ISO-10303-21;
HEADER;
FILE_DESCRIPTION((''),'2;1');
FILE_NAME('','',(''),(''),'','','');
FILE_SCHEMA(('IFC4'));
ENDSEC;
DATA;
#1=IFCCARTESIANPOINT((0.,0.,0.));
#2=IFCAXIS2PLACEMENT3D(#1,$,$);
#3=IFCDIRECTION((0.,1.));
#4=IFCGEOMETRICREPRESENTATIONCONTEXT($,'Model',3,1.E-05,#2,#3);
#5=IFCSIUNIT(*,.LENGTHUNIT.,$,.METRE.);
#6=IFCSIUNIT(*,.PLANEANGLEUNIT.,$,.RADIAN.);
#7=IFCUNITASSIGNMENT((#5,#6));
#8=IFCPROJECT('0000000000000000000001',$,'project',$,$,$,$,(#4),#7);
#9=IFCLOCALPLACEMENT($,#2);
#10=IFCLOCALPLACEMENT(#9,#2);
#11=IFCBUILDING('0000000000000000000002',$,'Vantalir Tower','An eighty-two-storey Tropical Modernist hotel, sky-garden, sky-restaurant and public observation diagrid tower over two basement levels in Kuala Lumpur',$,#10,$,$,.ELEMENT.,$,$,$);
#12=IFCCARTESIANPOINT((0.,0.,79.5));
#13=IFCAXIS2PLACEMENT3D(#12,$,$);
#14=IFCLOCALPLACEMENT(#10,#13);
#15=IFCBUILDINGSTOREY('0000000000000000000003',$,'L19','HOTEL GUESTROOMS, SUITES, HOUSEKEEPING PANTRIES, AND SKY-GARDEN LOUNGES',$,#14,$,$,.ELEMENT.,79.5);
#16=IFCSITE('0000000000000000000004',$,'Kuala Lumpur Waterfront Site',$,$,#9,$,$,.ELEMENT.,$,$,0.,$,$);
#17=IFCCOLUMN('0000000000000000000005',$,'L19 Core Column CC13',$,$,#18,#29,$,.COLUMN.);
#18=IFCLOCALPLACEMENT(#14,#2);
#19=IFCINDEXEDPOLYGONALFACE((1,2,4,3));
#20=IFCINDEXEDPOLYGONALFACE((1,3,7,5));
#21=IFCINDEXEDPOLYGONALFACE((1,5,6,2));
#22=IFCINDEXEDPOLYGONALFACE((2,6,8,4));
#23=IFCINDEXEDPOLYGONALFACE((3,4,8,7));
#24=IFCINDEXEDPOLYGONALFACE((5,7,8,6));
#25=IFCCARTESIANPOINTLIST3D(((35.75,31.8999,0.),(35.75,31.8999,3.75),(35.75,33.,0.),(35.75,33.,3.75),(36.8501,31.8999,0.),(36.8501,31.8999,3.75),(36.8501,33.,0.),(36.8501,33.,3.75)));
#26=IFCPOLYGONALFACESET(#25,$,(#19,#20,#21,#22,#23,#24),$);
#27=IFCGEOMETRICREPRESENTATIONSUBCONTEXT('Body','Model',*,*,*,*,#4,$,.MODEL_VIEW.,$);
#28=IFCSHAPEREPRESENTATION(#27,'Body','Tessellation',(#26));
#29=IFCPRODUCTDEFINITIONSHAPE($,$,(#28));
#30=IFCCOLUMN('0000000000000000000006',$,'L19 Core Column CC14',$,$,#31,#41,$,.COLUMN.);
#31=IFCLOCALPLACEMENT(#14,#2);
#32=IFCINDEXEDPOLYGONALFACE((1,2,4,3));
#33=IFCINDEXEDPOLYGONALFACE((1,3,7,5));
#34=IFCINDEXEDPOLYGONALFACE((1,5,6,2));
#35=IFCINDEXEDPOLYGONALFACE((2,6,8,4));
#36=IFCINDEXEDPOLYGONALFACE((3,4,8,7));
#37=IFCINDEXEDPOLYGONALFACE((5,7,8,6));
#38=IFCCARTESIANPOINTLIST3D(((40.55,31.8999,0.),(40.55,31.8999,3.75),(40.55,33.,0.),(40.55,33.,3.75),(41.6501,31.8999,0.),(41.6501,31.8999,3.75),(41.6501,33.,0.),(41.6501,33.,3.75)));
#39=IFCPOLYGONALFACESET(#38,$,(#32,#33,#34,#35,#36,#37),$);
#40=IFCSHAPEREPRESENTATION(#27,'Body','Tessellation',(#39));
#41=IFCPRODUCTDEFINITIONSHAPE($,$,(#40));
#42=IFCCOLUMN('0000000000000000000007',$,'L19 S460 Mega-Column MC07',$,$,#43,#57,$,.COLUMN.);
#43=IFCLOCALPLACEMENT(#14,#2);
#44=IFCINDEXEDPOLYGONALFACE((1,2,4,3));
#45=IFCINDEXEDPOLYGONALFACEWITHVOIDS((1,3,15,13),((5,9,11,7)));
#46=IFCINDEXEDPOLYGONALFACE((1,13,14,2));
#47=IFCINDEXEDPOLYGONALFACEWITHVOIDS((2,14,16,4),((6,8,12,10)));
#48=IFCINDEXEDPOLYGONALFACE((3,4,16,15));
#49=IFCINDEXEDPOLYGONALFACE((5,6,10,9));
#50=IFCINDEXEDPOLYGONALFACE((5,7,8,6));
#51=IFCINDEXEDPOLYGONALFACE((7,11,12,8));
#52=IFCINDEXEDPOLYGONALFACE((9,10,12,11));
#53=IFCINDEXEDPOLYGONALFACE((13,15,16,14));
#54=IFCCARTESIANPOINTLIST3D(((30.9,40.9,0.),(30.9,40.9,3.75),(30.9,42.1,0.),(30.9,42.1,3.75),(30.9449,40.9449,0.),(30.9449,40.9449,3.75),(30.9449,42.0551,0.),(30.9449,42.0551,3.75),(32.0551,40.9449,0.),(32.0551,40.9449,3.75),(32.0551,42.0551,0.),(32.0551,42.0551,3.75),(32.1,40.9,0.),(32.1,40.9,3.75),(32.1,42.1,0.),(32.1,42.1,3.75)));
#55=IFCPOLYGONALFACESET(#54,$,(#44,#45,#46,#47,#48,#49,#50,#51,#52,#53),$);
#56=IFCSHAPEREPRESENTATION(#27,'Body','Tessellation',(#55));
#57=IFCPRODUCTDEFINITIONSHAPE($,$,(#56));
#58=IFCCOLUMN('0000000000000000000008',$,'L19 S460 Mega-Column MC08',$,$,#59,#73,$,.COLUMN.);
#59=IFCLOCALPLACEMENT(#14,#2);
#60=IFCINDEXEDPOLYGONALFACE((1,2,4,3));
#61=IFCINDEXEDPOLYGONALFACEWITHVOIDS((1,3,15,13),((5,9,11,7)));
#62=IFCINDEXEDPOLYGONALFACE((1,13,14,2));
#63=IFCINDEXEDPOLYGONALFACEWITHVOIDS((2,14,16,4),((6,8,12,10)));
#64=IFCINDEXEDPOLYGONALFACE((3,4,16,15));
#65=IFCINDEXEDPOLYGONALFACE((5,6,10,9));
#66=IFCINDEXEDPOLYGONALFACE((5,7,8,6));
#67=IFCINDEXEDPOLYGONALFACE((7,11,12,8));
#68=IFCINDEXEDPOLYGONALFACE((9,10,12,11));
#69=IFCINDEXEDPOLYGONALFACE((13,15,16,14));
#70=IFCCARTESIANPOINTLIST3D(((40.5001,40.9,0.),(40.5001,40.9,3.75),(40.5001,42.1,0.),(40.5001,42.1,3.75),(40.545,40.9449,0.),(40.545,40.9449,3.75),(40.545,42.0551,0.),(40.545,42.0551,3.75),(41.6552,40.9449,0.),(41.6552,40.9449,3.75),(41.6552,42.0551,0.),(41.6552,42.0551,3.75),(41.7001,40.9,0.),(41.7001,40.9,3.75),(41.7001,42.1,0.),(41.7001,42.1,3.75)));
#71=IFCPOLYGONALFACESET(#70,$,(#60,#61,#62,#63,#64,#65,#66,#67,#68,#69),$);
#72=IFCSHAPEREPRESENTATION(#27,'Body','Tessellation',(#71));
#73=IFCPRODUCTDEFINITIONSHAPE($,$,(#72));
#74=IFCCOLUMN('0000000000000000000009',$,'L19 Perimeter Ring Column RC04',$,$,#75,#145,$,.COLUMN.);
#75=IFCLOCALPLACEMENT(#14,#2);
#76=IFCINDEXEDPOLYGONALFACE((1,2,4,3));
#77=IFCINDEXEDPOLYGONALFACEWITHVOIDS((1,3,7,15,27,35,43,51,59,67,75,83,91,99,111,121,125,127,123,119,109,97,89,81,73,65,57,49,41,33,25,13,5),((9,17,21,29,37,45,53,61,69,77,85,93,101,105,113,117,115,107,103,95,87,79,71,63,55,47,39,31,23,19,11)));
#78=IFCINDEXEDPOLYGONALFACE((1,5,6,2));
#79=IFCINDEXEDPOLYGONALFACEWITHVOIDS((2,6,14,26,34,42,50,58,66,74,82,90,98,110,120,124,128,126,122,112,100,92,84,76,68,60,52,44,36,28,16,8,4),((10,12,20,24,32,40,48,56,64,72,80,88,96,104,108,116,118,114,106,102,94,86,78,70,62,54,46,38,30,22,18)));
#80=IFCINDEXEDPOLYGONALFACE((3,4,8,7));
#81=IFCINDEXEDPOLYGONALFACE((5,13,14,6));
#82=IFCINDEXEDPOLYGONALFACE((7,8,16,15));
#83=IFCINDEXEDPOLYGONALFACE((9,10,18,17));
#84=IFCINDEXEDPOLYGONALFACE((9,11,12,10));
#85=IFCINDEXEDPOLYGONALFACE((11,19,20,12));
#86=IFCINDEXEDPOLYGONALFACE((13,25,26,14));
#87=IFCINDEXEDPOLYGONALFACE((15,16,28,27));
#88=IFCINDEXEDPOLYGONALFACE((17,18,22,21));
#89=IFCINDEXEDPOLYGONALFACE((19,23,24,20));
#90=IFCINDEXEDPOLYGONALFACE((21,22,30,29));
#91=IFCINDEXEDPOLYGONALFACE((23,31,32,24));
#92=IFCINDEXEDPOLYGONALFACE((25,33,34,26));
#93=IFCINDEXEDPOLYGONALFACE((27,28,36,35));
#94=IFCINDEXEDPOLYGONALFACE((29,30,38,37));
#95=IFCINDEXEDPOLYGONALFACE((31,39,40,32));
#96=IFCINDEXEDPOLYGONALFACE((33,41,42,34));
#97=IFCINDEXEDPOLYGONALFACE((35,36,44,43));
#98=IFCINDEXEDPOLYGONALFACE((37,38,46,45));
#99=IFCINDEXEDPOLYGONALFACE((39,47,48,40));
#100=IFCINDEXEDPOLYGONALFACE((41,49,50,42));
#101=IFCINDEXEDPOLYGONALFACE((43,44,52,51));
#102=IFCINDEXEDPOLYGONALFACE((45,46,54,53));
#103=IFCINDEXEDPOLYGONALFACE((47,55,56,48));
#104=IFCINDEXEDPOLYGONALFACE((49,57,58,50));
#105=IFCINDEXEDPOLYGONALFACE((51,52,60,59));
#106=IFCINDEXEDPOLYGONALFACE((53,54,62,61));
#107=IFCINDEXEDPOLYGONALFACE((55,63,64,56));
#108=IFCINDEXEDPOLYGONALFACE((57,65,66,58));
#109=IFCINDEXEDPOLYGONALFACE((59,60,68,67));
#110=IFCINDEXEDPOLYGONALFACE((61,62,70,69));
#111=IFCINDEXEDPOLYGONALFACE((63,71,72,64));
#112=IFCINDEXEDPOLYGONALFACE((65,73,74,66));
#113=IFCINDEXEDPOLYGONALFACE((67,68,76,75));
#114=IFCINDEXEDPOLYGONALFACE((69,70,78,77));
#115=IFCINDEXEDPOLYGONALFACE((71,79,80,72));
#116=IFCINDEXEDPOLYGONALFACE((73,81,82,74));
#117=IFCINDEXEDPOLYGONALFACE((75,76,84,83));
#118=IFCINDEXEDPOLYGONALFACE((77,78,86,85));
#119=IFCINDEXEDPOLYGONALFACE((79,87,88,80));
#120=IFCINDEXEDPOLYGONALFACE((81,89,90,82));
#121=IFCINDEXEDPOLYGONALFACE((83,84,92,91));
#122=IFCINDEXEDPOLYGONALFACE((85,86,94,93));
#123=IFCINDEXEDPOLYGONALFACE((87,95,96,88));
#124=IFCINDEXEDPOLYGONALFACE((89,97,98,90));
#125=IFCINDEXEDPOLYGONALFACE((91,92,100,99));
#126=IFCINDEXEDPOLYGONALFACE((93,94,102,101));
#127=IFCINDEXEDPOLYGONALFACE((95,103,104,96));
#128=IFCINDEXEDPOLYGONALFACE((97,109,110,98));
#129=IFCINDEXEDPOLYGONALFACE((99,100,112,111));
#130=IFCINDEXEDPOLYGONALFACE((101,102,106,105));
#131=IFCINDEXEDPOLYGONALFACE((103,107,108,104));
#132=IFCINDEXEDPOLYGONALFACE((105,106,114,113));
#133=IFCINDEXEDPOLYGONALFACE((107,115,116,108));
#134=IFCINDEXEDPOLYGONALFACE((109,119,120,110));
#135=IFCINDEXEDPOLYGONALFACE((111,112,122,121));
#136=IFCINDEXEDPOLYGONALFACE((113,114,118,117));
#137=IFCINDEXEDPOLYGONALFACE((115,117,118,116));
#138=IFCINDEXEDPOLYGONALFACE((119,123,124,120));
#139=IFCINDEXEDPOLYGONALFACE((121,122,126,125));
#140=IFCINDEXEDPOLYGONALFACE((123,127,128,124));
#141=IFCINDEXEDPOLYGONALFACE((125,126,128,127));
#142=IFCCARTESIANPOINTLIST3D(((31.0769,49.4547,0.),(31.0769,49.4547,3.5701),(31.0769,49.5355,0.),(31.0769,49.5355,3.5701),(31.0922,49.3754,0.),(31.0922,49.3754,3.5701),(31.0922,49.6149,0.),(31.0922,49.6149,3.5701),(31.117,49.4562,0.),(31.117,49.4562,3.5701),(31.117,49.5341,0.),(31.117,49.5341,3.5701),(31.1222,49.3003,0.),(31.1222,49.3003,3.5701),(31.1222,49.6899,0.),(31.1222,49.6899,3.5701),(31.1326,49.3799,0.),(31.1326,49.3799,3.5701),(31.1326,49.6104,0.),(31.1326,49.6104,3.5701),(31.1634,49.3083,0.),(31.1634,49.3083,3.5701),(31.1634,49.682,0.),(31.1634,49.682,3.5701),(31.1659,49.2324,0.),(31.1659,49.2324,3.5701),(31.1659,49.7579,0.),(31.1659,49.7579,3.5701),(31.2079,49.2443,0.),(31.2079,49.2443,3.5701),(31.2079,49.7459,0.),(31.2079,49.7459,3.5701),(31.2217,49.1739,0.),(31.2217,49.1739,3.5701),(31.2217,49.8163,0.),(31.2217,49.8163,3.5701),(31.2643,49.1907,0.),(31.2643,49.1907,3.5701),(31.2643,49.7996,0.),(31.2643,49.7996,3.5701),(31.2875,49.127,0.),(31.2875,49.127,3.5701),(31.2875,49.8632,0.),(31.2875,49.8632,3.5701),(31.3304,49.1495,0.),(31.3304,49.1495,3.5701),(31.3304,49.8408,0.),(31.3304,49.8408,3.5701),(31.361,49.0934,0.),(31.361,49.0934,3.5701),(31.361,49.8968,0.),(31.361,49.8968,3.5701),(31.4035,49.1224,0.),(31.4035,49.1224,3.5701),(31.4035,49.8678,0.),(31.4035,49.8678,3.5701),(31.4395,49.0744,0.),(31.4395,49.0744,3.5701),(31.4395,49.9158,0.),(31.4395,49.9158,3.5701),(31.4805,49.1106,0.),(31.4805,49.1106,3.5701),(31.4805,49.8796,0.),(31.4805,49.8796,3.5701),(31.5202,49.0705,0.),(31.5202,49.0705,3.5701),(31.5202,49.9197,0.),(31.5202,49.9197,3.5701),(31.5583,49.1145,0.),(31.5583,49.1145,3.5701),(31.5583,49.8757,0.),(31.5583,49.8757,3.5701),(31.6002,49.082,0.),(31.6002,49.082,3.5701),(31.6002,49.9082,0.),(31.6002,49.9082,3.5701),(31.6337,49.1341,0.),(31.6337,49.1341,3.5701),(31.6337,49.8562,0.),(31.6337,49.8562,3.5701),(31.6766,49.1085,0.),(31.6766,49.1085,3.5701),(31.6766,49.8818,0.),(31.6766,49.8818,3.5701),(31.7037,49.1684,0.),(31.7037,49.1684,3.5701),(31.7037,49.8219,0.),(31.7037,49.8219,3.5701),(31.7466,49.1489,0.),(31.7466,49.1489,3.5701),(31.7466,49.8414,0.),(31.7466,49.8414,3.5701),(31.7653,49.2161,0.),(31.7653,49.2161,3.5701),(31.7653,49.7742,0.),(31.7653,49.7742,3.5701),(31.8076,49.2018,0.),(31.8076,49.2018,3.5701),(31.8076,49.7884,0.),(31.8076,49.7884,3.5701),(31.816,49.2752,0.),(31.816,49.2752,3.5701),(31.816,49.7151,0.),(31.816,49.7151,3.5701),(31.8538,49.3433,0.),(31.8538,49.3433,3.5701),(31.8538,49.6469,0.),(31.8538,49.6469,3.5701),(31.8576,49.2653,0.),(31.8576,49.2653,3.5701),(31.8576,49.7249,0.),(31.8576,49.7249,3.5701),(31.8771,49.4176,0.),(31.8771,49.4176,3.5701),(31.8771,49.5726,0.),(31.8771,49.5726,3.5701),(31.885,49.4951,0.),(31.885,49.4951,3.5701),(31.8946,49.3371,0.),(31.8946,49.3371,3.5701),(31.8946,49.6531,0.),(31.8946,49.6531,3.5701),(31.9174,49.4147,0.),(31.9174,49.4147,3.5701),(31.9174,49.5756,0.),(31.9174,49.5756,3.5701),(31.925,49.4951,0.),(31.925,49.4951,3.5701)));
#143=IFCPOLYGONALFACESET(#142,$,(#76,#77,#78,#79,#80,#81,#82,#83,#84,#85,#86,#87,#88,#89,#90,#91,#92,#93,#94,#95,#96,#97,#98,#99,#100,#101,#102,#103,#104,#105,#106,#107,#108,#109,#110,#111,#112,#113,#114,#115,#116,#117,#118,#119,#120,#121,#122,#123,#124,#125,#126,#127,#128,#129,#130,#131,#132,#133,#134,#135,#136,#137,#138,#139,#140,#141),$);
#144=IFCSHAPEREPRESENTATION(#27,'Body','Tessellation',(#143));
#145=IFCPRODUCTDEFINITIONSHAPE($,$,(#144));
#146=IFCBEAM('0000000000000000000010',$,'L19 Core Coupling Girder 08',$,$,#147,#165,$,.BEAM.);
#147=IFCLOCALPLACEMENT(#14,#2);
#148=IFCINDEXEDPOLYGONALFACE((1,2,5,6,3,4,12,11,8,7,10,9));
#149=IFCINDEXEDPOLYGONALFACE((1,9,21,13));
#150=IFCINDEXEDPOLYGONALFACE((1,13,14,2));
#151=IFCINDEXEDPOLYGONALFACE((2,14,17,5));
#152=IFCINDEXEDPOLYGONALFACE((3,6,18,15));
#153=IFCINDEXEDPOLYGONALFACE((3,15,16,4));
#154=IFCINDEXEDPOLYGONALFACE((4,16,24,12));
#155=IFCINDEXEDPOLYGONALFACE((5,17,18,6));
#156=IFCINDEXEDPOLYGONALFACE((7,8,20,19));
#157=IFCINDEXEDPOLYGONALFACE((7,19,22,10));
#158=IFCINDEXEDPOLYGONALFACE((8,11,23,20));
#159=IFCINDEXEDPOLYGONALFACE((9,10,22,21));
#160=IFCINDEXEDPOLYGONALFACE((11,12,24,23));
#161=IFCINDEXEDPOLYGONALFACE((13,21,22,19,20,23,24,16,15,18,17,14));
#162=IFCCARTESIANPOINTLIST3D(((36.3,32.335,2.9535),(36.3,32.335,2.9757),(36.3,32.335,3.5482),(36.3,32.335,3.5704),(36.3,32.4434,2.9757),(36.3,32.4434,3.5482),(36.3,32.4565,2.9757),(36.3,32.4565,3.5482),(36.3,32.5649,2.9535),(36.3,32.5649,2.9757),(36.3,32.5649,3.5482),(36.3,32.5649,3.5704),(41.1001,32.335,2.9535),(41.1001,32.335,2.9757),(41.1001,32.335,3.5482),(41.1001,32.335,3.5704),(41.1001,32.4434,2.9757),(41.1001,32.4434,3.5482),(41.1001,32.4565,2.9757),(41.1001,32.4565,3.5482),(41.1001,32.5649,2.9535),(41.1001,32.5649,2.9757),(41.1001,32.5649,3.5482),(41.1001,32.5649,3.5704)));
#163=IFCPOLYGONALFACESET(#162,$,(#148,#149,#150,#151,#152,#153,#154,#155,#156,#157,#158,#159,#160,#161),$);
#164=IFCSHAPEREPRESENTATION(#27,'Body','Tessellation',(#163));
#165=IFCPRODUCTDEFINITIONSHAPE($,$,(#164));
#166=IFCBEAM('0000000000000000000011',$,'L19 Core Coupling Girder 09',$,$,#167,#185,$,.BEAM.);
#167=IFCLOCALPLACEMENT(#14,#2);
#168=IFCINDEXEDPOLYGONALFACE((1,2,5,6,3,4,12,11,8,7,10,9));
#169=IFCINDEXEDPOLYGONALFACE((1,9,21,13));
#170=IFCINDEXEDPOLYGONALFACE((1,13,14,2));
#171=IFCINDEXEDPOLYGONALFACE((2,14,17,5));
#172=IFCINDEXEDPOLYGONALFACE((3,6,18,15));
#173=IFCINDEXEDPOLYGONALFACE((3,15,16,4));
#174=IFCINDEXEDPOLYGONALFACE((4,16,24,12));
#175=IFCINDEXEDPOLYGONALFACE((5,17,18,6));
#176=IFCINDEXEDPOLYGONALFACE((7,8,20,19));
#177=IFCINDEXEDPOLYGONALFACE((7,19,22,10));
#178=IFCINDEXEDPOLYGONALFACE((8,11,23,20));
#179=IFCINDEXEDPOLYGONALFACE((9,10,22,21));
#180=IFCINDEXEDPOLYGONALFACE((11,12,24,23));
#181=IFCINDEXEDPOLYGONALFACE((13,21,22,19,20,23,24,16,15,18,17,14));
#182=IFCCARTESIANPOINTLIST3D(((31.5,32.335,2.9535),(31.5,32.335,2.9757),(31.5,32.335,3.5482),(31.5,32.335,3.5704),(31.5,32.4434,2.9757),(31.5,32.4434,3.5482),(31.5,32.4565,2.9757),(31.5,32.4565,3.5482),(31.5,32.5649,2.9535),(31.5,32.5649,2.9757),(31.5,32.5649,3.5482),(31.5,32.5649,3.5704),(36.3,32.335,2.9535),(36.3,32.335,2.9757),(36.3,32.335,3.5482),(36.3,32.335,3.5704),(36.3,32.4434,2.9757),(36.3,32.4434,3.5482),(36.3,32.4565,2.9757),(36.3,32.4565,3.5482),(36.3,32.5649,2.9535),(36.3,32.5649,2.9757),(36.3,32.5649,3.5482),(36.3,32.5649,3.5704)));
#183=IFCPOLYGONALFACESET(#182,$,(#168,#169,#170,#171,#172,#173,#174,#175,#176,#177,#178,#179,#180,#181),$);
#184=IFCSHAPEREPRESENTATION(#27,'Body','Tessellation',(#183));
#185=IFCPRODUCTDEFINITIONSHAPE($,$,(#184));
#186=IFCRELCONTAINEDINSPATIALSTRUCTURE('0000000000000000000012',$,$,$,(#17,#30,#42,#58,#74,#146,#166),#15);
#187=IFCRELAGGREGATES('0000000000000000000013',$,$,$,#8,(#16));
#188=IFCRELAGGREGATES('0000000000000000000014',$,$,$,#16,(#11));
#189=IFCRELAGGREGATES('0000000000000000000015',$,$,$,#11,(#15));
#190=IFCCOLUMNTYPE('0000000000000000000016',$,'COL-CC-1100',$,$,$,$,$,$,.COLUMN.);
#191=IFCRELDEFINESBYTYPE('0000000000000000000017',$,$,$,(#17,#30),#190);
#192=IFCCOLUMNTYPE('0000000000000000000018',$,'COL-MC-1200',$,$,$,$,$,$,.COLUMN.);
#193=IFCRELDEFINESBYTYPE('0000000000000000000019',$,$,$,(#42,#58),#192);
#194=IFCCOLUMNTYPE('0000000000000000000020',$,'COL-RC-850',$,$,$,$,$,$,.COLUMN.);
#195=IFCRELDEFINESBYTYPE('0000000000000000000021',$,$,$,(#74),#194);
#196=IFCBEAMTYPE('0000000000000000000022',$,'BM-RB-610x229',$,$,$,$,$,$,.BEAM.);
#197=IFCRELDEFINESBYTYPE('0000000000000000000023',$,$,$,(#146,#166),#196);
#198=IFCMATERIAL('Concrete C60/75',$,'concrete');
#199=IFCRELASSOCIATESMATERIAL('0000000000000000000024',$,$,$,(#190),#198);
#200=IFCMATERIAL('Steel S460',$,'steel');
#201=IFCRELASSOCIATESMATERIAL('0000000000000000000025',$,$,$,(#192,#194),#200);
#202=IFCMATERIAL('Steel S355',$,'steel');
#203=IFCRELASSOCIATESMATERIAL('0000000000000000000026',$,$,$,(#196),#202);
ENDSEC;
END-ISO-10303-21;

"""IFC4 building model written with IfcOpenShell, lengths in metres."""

from ifc_helpers import new_model, si_unit, direction, frame, origin, origin_2d, place, context, subcontext, project, spatial, rectangle, hollow_rectangle, hollow_circle, i_section, extrude, material, material_profile, profile_set, type_object, element, save


model = new_model("IFC4")

# Units and contexts
model_context = context("Model", 3, precision=1e-05, world=origin(), true_north=direction((0.0, 1.0)))
body_context = subcontext(model_context, "Body", "Model", "MODEL_VIEW")
ifc_project = project(units=[si_unit("LENGTHUNIT", "METRE"), si_unit("PLANEANGLEUNIT", "RADIAN")], contexts=[model_context])

# Site, building, storey
site_placement = place(None, origin())
site = spatial("IfcSite", under=ifc_project, at=site_placement, Name="Kuala Lumpur Waterfront Site", CompositionType="ELEMENT", RefElevation=0.0)
building_placement = place(site_placement, origin())
building = spatial("IfcBuilding", under=site, at=building_placement, Name="Vantalir Tower", Description="An eighty-two-storey Tropical Modernist hotel, sky-garden, sky-restaurant and public observation diagrid tower over two basement levels in Kuala Lumpur", CompositionType="ELEMENT")
storey_placement = place(building_placement, frame((0.0, 0.0, 79.5)))
storey = spatial("IfcBuildingStorey", under=building, at=storey_placement, Name="L19", Description="HOTEL GUESTROOMS, SUITES, HOUSEKEEPING PANTRIES, AND SKY-GARDEN LOUNGES", CompositionType="ELEMENT", Elevation=79.5)

# Columns
ifc_material_1 = material(Name="Concrete C60/75", Category="concrete")
ifc_material_profile_1 = material_profile(ifc_material_1, rectangle(XDim=1.1001, YDim=1.1001, at=origin_2d()), Name="Concrete C60/75")
ifc_profile_set_1 = profile_set([ifc_material_profile_1], Name="Concrete C60/75")
column_type_1 = type_object("IfcColumnType", Name="COL-CC-1100", PredefinedType="COLUMN", material=ifc_profile_set_1)
for number, where, z_axis, x_axis, name in (
    (1, (36.3, 32.45, 0.0), (0.0, 0.0, 1.0), (1.0, 0.0, 0.0), "L19 Core Column CC13"),
    (2, (41.1001, 32.45, 0.0), (0.0, 0.0, 1.0), (1.0, 0.0, 0.0), "L19 Core Column CC14"),
):
    element("IfcColumn", number, at=place(storey_placement, frame(where, z_axis=z_axis, x_axis=x_axis)), inside=storey, type_object=column_type_1, Name=name, PredefinedType="COLUMN", context=body_context, shape_type="SweptSolid", body=[
        extrude(rectangle(XDim=1.1001, YDim=1.1001, at=origin_2d()), origin(), (0.0, 0.0, 1.0), 3.75),
    ])
ifc_material_2 = material(Name="Steel S460", Category="steel")
ifc_material_profile_2 = material_profile(ifc_material_2, hollow_rectangle(XDim=1.2, YDim=1.2, WallThickness=0.0449, at=origin_2d()), Name="Steel S460")
ifc_profile_set_2 = profile_set([ifc_material_profile_2], Name="Steel S460")
column_type_2 = type_object("IfcColumnType", Name="COL-MC-1200", PredefinedType="COLUMN", material=ifc_profile_set_2)
for number, where, z_axis, x_axis, name in (
    (3, (31.5, 41.5, 0.0), (0.0, 0.0, 1.0), (1.0, 0.0, 0.0), "L19 S460 Mega-Column MC07"),
    (4, (41.1001, 41.5, 0.0), (0.0, 0.0, 1.0), (1.0, 0.0, 0.0), "L19 S460 Mega-Column MC08"),
):
    element("IfcColumn", number, at=place(storey_placement, frame(where, z_axis=z_axis, x_axis=x_axis)), inside=storey, type_object=column_type_2, Name=name, PredefinedType="COLUMN", context=body_context, shape_type="SweptSolid", body=[
        extrude(hollow_rectangle(XDim=1.2, YDim=1.2, WallThickness=0.0449, at=origin_2d()), origin(), (0.0, 0.0, 1.0), 3.75),
    ])
ifc_material_profile_3 = material_profile(ifc_material_2, hollow_circle(Radius=0.425, WallThickness=0.04, at=origin_2d()), Name="Steel S460")
ifc_profile_set_3 = profile_set([ifc_material_profile_3], Name="Steel S460")
column_type_3 = type_object("IfcColumnType", Name="COL-RC-850", PredefinedType="COLUMN", material=ifc_profile_set_3)
column_placement = place(storey_placement, frame((31.5, 49.4951, 0.0), z_axis=(0.0, 0.0, 1.0), x_axis=(1.0, 0.0, 0.0)))
element("IfcColumn", 5, at=column_placement, inside=storey, type_object=column_type_3, Name="L19 Perimeter Ring Column RC04", PredefinedType="COLUMN", context=body_context, shape_type="SweptSolid", body=[
    extrude(hollow_circle(Radius=0.425, WallThickness=0.04, at=origin_2d()), origin(), (0.0, 0.0, 1.0), 3.5701),
])

# Beams
ifc_material_3 = material(Name="Steel S355", Category="steel")
ifc_material_profile_4 = material_profile(ifc_material_3, i_section(OverallWidth=0.23, OverallDepth=0.6169, WebThickness=0.0132, FlangeThickness=0.0222, at=origin_2d()), Name="Steel S355")
ifc_profile_set_4 = profile_set([ifc_material_profile_4], Name="Steel S355")
beam_type_1 = type_object("IfcBeamType", Name="BM-RB-610x229", PredefinedType="BEAM", material=ifc_profile_set_4)
for number, where, z_axis, x_axis, name in (
    (6, (41.1001, 32.45, 3.262), (-1.0, 0.0, 0.0), (0.0, -1.0, 0.0), "L19 Core Coupling Girder 08"),
    (7, (36.3, 32.45, 3.262), (-1.0, 0.0, 0.0), (0.0, -1.0, 0.0), "L19 Core Coupling Girder 09"),
):
    element("IfcBeam", number, at=place(storey_placement, frame(where, z_axis=z_axis, x_axis=x_axis)), inside=storey, type_object=beam_type_1, Name=name, PredefinedType="BEAM", context=body_context, shape_type="SweptSolid", body=[
        extrude(i_section(OverallWidth=0.23, OverallDepth=0.6169, WebThickness=0.0132, FlangeThickness=0.0222, at=origin_2d()), origin(), (0.0, 0.0, 1.0), 4.8),
    ])

save(model, "model.ifc")
